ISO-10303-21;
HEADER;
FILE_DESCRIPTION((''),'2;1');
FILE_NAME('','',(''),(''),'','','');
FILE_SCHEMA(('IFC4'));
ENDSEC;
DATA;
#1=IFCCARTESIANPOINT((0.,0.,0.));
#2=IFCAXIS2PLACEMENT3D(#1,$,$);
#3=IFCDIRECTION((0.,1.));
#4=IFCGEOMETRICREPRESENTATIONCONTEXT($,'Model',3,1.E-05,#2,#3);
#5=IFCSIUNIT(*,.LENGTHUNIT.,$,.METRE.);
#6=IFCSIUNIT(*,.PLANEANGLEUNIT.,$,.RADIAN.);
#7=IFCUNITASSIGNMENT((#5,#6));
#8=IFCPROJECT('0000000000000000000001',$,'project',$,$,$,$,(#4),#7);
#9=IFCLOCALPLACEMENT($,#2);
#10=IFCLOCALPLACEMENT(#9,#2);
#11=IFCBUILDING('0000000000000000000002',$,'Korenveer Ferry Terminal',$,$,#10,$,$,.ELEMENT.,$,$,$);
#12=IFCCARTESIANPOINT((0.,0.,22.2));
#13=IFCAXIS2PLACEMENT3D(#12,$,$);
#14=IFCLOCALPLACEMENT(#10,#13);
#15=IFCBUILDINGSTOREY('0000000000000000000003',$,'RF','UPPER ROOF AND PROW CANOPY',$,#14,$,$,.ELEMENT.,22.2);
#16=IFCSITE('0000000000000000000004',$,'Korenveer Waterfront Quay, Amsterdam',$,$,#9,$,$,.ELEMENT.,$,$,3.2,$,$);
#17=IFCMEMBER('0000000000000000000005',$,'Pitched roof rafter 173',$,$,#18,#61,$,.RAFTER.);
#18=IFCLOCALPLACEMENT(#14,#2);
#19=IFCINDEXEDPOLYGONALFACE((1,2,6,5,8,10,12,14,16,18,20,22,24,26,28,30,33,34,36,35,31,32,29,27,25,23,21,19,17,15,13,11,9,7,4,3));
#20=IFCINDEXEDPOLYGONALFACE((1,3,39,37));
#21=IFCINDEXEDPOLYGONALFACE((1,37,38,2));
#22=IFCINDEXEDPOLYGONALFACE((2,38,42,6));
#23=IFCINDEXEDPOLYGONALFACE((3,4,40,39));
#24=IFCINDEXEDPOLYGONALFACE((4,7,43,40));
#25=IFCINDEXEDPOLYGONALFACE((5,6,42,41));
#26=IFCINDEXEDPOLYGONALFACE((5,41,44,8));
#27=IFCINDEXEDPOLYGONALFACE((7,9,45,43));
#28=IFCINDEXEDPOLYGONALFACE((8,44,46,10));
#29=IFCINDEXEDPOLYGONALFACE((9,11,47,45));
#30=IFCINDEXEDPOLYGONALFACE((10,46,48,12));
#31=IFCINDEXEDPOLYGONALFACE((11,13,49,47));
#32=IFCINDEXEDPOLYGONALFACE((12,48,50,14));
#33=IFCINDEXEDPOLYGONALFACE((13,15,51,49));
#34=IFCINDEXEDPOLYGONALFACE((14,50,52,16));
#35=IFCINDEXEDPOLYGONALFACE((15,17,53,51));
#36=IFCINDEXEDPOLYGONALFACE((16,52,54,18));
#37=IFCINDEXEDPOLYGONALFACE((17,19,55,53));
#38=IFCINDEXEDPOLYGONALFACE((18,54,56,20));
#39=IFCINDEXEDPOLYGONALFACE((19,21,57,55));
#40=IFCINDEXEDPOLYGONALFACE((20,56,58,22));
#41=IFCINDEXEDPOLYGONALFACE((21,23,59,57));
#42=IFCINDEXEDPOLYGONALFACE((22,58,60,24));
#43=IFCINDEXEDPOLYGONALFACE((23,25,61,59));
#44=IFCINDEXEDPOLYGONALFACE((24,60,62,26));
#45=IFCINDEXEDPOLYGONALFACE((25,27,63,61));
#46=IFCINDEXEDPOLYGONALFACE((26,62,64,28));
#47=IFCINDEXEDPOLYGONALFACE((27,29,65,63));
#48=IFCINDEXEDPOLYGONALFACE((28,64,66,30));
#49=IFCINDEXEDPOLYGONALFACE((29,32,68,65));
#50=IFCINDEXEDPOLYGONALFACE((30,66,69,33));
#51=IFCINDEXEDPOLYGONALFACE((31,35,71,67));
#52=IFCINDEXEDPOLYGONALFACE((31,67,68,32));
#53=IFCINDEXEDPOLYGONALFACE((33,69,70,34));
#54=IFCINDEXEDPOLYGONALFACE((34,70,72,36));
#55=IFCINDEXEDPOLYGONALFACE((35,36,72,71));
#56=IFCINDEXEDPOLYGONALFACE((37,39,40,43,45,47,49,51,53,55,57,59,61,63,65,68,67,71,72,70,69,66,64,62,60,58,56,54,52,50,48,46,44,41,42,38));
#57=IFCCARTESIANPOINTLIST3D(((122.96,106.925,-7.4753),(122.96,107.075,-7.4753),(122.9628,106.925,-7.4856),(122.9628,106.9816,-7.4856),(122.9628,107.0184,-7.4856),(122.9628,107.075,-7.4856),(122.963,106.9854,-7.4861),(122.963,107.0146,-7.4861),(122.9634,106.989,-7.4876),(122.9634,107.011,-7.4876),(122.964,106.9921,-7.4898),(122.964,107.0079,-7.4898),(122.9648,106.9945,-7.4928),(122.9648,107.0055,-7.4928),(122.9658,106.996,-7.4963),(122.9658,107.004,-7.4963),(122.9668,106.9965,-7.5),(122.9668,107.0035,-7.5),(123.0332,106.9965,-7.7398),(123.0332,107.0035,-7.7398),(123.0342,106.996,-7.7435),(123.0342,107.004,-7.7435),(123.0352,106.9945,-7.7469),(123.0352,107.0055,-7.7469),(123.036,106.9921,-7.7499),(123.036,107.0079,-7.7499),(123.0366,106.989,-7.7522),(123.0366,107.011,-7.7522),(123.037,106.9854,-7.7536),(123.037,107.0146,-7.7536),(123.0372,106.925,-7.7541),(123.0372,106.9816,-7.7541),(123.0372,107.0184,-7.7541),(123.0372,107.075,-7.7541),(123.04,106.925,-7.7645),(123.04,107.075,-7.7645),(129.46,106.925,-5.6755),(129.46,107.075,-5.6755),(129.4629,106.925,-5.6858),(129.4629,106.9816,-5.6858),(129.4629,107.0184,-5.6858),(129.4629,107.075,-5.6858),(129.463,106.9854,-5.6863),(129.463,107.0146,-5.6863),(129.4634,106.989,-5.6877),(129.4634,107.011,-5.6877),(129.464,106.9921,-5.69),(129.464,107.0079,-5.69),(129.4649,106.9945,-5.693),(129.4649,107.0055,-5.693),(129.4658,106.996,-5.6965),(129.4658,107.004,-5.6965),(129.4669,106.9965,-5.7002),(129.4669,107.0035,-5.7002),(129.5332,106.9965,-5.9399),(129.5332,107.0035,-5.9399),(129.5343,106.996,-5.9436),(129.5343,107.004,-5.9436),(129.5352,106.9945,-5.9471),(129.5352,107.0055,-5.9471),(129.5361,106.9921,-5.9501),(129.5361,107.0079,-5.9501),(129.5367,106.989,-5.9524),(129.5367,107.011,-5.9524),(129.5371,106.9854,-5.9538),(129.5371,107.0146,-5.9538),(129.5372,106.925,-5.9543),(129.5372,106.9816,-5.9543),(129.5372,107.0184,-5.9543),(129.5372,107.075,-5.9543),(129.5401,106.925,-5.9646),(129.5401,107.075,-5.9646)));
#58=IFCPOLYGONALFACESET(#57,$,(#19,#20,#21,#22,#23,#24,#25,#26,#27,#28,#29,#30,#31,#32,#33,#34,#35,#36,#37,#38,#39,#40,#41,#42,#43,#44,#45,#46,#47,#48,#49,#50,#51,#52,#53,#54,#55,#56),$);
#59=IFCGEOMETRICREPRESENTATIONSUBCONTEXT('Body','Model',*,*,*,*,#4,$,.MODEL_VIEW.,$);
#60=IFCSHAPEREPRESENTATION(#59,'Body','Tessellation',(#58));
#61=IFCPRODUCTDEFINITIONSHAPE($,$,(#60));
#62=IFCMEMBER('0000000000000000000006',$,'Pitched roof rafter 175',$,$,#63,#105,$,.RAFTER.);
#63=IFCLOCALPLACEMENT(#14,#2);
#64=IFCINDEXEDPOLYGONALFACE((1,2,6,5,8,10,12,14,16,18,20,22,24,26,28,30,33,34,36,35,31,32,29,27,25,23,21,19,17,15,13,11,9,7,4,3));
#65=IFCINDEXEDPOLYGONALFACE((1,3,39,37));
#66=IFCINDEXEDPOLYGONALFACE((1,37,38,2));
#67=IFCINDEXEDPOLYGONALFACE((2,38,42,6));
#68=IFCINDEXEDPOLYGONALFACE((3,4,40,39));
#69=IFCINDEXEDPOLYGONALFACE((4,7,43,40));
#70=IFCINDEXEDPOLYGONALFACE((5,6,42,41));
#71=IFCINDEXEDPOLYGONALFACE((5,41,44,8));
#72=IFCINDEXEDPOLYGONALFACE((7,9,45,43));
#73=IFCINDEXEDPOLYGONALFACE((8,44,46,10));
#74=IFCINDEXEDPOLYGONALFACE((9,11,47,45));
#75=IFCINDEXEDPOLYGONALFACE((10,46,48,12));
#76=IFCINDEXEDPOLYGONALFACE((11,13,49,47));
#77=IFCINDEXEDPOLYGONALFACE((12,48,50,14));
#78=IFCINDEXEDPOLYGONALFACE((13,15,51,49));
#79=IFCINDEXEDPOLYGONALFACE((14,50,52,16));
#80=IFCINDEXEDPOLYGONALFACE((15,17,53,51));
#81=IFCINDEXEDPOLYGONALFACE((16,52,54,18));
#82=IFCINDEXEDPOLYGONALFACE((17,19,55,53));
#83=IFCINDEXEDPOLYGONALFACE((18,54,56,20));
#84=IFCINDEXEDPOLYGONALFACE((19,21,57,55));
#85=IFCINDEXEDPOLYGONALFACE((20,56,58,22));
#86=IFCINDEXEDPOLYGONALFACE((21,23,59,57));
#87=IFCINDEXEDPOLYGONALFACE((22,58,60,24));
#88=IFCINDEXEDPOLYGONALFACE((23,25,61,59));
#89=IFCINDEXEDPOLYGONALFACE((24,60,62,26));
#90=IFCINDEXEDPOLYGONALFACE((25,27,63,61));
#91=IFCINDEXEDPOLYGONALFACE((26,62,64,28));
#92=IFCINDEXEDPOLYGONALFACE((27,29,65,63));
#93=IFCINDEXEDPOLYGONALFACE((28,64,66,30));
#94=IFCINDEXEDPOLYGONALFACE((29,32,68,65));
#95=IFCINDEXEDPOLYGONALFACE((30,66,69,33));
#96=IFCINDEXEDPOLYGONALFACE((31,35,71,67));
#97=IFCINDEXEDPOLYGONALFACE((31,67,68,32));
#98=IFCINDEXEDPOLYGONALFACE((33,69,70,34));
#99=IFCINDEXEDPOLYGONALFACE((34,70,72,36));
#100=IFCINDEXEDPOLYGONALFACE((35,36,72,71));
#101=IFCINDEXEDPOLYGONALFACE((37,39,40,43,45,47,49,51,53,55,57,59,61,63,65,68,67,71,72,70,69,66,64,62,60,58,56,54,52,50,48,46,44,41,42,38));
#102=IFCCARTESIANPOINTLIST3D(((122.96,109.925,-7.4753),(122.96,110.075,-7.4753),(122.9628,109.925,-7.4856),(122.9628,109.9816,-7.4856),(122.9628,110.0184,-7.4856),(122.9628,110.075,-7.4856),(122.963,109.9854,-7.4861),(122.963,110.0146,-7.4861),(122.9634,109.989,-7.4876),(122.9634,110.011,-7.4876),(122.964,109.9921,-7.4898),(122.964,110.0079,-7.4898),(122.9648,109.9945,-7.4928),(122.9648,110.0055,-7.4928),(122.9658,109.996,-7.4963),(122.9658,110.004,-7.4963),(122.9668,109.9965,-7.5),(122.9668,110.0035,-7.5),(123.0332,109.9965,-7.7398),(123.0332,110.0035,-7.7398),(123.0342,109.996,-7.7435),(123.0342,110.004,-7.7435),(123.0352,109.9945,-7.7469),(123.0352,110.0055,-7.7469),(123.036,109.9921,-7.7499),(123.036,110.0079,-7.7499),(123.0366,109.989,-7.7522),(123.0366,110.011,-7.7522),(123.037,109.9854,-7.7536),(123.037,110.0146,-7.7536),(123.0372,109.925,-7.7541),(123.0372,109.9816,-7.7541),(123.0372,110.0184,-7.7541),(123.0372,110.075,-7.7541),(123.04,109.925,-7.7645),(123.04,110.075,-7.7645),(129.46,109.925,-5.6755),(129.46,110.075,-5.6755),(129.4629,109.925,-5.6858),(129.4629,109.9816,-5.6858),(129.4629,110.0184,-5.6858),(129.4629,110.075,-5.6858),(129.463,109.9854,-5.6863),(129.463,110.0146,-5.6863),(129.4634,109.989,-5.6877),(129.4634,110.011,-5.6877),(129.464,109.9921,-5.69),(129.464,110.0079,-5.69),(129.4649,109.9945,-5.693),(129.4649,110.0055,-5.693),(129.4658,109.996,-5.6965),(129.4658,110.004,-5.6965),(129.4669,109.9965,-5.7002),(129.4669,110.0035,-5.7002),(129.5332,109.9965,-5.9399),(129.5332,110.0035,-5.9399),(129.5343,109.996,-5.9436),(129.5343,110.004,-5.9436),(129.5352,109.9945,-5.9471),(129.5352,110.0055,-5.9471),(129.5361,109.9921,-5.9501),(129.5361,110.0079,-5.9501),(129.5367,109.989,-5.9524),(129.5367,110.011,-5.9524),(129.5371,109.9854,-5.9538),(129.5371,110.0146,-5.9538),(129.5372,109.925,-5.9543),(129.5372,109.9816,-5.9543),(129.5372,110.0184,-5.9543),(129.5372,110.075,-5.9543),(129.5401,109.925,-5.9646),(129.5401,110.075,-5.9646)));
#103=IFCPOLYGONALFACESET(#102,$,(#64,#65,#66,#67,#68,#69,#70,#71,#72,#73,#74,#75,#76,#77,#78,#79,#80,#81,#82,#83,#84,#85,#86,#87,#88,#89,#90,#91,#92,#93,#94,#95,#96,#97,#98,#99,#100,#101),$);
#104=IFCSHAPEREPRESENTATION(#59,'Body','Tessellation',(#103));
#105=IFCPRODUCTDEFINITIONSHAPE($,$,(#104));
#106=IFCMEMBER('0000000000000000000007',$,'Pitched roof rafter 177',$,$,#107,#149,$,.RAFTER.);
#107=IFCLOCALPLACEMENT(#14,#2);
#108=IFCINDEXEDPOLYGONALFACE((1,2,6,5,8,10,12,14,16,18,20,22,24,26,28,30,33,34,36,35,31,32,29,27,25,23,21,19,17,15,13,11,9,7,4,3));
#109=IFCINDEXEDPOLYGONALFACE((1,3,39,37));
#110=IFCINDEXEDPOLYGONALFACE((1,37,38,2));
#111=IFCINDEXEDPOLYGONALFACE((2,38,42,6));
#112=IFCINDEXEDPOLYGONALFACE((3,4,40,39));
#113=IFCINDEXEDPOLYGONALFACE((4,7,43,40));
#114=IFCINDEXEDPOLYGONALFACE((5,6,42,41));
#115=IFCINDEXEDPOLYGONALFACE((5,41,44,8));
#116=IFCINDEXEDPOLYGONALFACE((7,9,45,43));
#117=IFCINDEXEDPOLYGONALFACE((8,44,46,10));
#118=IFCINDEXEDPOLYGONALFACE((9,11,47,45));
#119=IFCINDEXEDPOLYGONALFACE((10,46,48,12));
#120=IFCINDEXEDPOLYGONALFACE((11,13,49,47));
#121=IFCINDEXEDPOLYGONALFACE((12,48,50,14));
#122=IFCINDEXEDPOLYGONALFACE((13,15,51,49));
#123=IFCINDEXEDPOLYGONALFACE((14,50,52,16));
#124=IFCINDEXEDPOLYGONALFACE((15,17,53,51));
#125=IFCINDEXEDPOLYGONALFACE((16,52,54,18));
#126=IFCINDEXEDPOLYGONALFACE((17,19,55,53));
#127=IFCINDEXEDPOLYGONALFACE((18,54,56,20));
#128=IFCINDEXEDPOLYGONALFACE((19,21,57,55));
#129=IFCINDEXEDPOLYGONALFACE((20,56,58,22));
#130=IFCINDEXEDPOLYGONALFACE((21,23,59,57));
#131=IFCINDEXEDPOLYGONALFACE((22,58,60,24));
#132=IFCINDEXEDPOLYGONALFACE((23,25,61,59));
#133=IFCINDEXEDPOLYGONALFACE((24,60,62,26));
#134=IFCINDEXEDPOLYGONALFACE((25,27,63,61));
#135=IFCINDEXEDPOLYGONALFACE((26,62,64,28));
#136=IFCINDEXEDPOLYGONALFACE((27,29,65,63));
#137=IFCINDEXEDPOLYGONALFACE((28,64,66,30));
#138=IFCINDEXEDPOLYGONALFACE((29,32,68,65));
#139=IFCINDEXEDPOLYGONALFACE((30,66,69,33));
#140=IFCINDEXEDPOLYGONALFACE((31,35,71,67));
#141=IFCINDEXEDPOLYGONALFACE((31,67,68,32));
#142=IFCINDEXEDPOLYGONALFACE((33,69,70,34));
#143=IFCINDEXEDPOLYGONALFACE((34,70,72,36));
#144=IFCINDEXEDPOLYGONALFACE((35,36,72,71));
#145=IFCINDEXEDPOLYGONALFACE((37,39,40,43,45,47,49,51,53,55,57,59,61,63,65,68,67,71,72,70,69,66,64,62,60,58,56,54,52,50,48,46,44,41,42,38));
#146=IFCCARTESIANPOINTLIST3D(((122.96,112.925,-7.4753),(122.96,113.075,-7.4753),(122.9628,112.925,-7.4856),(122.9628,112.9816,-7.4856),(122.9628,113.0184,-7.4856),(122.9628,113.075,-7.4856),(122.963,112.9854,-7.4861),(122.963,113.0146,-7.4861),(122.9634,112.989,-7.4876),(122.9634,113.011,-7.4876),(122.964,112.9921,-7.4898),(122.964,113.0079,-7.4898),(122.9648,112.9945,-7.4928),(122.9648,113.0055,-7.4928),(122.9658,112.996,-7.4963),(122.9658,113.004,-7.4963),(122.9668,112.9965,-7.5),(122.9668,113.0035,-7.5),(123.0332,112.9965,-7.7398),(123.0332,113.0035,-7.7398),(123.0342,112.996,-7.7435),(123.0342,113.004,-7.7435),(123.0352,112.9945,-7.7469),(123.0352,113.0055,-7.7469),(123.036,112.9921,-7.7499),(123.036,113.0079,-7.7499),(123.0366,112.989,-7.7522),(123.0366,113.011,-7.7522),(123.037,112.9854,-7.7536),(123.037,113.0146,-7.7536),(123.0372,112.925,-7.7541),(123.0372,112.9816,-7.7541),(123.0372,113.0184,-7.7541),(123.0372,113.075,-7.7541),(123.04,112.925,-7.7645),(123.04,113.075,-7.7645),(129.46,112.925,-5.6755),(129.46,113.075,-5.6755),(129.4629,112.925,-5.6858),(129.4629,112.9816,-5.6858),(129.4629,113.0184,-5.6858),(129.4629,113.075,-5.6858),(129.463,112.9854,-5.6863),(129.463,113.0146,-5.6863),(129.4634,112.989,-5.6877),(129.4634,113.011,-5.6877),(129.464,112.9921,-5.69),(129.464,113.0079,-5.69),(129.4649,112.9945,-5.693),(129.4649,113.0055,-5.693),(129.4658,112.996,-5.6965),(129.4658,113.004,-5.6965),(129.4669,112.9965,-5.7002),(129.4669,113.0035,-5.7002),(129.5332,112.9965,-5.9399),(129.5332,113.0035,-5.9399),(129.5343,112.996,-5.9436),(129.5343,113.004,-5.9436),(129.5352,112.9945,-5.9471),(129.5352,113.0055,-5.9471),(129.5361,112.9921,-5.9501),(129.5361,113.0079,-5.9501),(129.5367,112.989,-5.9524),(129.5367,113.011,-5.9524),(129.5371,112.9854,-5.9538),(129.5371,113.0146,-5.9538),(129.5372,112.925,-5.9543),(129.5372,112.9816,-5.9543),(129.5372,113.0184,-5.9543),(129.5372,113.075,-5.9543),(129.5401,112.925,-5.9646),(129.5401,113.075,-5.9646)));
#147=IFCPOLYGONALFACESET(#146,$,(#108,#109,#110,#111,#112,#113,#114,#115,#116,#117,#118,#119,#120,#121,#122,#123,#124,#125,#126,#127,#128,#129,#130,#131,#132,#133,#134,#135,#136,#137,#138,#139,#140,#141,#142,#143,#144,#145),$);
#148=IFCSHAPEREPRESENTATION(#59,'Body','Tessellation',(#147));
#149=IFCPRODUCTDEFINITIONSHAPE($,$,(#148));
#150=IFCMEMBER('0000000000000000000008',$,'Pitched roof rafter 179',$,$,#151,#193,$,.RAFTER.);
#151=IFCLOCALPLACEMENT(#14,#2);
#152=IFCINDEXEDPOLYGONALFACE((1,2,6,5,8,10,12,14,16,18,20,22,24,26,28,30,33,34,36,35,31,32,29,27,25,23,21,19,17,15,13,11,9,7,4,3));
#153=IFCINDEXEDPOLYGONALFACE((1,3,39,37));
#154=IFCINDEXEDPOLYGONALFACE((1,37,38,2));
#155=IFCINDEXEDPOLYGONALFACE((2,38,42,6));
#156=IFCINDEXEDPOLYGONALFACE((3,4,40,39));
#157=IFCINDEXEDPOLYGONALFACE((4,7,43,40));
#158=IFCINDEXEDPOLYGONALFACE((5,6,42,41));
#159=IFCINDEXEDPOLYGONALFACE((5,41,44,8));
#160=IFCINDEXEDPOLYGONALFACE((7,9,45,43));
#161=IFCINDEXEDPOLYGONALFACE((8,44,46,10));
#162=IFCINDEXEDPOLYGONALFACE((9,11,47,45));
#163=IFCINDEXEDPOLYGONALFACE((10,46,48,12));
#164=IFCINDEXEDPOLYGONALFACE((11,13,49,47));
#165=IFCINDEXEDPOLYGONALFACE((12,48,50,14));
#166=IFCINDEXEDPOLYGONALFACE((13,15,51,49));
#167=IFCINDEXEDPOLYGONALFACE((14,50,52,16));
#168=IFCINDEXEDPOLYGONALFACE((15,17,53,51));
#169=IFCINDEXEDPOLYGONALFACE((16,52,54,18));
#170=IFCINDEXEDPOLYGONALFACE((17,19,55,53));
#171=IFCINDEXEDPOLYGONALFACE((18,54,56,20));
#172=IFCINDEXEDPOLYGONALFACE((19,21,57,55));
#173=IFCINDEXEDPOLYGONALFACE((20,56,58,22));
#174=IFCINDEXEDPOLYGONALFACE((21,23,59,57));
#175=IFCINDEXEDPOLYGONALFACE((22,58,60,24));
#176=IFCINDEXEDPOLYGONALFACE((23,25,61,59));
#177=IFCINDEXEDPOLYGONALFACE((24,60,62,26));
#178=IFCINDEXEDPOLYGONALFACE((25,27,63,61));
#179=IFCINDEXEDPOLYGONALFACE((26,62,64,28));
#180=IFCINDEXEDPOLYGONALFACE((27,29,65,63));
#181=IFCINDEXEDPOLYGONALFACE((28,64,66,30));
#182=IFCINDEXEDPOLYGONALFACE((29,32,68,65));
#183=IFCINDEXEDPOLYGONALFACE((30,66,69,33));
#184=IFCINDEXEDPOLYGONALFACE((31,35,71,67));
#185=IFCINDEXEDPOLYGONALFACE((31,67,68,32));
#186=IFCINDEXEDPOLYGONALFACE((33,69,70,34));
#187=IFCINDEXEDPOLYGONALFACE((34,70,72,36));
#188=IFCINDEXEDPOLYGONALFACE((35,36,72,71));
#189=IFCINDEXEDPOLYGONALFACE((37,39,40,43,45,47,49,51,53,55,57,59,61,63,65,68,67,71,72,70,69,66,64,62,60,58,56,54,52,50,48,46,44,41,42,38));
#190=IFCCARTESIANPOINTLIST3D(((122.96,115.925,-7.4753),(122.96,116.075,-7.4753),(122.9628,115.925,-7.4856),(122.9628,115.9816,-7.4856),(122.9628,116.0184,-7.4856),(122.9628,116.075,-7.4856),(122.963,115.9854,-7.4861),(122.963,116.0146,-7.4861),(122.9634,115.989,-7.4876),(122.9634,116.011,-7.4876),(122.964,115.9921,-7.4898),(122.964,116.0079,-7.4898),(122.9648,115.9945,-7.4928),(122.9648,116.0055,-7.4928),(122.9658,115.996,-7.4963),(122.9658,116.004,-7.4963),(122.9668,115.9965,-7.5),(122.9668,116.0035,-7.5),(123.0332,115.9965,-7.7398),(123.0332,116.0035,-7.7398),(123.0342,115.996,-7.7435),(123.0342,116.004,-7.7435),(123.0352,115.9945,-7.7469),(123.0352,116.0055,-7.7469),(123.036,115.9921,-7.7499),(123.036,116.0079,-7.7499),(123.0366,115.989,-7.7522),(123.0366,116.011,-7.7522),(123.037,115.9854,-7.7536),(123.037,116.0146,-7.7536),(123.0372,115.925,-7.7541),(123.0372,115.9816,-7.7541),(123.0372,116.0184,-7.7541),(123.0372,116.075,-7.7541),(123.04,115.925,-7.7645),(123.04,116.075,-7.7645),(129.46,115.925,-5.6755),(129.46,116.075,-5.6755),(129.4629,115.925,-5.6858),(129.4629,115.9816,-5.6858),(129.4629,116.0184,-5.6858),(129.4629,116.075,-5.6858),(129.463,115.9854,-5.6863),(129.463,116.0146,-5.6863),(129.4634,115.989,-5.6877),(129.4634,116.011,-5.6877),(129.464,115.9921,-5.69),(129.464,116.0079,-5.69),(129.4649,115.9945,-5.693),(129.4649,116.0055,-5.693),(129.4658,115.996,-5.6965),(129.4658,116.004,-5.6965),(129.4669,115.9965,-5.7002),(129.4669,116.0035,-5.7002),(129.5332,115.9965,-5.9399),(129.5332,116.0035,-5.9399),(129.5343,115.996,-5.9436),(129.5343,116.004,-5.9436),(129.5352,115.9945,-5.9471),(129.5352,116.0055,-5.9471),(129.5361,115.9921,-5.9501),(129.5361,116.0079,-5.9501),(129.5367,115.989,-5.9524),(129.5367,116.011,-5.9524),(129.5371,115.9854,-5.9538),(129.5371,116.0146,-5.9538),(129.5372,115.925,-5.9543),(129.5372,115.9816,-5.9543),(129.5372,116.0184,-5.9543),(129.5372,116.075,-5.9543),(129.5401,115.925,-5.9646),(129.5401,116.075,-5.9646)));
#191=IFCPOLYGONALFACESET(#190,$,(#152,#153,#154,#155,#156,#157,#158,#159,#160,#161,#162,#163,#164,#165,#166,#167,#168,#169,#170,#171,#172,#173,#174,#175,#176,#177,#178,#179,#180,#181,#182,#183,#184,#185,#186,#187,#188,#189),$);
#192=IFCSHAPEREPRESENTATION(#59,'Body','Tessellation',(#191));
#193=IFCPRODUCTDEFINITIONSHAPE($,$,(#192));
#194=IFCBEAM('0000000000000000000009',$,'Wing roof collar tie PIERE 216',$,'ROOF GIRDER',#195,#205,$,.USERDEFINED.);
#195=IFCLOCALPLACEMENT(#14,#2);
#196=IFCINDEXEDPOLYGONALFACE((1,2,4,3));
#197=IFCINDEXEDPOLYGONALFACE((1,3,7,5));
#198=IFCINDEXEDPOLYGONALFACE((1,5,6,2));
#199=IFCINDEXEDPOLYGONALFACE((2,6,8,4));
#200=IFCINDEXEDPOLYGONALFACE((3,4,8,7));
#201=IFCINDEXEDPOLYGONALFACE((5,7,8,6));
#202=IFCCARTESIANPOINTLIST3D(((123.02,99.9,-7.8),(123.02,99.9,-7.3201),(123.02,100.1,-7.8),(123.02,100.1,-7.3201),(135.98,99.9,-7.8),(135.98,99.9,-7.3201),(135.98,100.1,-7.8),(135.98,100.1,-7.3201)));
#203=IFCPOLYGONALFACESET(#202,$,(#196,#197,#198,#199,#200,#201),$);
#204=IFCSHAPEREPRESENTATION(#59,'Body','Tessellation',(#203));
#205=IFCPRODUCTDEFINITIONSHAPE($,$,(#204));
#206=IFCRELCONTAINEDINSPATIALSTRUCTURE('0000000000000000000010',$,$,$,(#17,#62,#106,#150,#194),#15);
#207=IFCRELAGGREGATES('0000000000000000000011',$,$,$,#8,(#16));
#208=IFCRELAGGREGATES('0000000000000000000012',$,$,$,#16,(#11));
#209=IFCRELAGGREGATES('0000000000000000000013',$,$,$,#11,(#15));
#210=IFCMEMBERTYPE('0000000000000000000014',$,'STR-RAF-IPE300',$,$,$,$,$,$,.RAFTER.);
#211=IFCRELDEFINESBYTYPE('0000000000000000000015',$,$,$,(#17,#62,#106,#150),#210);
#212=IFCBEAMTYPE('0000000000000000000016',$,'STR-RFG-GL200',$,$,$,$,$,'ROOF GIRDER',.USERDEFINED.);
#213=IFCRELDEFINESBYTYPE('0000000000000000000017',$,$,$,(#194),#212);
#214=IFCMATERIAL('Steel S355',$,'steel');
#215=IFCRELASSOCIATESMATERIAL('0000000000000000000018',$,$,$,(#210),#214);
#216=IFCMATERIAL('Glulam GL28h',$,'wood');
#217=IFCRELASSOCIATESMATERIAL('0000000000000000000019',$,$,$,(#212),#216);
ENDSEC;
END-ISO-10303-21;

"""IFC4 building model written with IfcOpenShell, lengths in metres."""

from ifc_helpers import new_model, si_unit, direction, frame, origin, origin_2d, place, context, subcontext, project, spatial, rectangle, i_section, extrude, material, material_profile, profile_set, type_object, element, save


model = new_model("IFC4")

# Units and contexts
model_context = context("Model", 3, precision=1e-05, world=origin(), true_north=direction((0.0, 1.0)))
body_context = subcontext(model_context, "Body", "Model", "MODEL_VIEW")
ifc_project = project(units=[si_unit("LENGTHUNIT", "METRE"), si_unit("PLANEANGLEUNIT", "RADIAN")], contexts=[model_context])

# Site, building, storey
site_placement = place(None, origin())
site = spatial("IfcSite", under=ifc_project, at=site_placement, Name="Korenveer Waterfront Quay, Amsterdam", CompositionType="ELEMENT", RefElevation=3.2)
building_placement = place(site_placement, origin())
building = spatial("IfcBuilding", under=site, at=building_placement, Name="Korenveer Ferry Terminal", CompositionType="ELEMENT")
storey_placement = place(building_placement, frame((0.0, 0.0, 22.2)))
storey = spatial("IfcBuildingStorey", under=building, at=storey_placement, Name="RF", Description="UPPER ROOF AND PROW CANOPY", CompositionType="ELEMENT", Elevation=22.2)

# Shared definitions
ifc_material_1 = material(Name="Steel S355", Category="steel")

# Members
ifc_material_profile_1 = material_profile(ifc_material_1, i_section(OverallWidth=0.1499, OverallDepth=0.3, WebThickness=0.0071, FlangeThickness=0.0107, FilletRadius=0.0149, at=origin_2d()), Name="IPE 300")
ifc_profile_set_1 = profile_set([ifc_material_profile_1], Name="Steel S355")
member_type_1 = type_object("IfcMemberType", Name="STR-RAF-IPE300", PredefinedType="RAFTER", material=ifc_profile_set_1)
for number, where, z_axis, x_axis, name in (
    (1, (123.0, 107.0, -7.6199), (0.963737, 0.0, 0.266852), (0.0, 1.0, 0.0), "Pitched roof rafter 173"),
    (2, (123.0, 110.0, -7.6199), (0.963737, 0.0, 0.266852), (0.0, 1.0, 0.0), "Pitched roof rafter 175"),
    (3, (123.0, 113.0, -7.6199), (0.963737, 0.0, 0.266852), (0.0, 1.0, 0.0), "Pitched roof rafter 177"),
    (4, (123.0, 116.0, -7.6199), (0.963737, 0.0, 0.266852), (0.0, 1.0, 0.0), "Pitched roof rafter 179"),
):
    element("IfcMember", number, at=place(storey_placement, frame(where, z_axis=z_axis, x_axis=x_axis)), inside=storey, type_object=member_type_1, Name=name, PredefinedType="RAFTER", context=body_context, shape_type="SweptSolid", body=[
        extrude(i_section(OverallWidth=0.1499, OverallDepth=0.3, WebThickness=0.0071, FlangeThickness=0.0107, FilletRadius=0.0149, at=origin_2d()), origin(), (0.0, 0.0, 1.0), 6.7446),
    ])

# Beam
ifc_material_2 = material(Name="Glulam GL28h", Category="wood")
ifc_material_profile_2 = material_profile(ifc_material_2, rectangle(XDim=0.2, YDim=0.48, at=origin_2d()), Name="GL 200x480")
ifc_profile_set_2 = profile_set([ifc_material_profile_2], Name="Glulam GL28h")
beam_type_1 = type_object("IfcBeamType", Name="STR-RFG-GL200", ElementType="ROOF GIRDER", PredefinedType="USERDEFINED", material=ifc_profile_set_2)
for number, where, z_axis, x_axis, name in (
    (5, (123.02, 100.0, -7.5601), (1.0, 0.0, 0.0), (0.0, 1.0, 0.0), "Wing roof collar tie PIERE 216"),
):
    element("IfcBeam", number, at=place(storey_placement, frame(where, z_axis=z_axis, x_axis=x_axis)), inside=storey, type_object=beam_type_1, Name=name, ObjectType="ROOF GIRDER", PredefinedType="USERDEFINED", context=body_context, shape_type="SweptSolid", body=[
        extrude(rectangle(XDim=0.2, YDim=0.48, at=origin_2d()), origin(), (0.0, 0.0, 1.0), 12.96),
    ])

save(model, "model.ifc")
